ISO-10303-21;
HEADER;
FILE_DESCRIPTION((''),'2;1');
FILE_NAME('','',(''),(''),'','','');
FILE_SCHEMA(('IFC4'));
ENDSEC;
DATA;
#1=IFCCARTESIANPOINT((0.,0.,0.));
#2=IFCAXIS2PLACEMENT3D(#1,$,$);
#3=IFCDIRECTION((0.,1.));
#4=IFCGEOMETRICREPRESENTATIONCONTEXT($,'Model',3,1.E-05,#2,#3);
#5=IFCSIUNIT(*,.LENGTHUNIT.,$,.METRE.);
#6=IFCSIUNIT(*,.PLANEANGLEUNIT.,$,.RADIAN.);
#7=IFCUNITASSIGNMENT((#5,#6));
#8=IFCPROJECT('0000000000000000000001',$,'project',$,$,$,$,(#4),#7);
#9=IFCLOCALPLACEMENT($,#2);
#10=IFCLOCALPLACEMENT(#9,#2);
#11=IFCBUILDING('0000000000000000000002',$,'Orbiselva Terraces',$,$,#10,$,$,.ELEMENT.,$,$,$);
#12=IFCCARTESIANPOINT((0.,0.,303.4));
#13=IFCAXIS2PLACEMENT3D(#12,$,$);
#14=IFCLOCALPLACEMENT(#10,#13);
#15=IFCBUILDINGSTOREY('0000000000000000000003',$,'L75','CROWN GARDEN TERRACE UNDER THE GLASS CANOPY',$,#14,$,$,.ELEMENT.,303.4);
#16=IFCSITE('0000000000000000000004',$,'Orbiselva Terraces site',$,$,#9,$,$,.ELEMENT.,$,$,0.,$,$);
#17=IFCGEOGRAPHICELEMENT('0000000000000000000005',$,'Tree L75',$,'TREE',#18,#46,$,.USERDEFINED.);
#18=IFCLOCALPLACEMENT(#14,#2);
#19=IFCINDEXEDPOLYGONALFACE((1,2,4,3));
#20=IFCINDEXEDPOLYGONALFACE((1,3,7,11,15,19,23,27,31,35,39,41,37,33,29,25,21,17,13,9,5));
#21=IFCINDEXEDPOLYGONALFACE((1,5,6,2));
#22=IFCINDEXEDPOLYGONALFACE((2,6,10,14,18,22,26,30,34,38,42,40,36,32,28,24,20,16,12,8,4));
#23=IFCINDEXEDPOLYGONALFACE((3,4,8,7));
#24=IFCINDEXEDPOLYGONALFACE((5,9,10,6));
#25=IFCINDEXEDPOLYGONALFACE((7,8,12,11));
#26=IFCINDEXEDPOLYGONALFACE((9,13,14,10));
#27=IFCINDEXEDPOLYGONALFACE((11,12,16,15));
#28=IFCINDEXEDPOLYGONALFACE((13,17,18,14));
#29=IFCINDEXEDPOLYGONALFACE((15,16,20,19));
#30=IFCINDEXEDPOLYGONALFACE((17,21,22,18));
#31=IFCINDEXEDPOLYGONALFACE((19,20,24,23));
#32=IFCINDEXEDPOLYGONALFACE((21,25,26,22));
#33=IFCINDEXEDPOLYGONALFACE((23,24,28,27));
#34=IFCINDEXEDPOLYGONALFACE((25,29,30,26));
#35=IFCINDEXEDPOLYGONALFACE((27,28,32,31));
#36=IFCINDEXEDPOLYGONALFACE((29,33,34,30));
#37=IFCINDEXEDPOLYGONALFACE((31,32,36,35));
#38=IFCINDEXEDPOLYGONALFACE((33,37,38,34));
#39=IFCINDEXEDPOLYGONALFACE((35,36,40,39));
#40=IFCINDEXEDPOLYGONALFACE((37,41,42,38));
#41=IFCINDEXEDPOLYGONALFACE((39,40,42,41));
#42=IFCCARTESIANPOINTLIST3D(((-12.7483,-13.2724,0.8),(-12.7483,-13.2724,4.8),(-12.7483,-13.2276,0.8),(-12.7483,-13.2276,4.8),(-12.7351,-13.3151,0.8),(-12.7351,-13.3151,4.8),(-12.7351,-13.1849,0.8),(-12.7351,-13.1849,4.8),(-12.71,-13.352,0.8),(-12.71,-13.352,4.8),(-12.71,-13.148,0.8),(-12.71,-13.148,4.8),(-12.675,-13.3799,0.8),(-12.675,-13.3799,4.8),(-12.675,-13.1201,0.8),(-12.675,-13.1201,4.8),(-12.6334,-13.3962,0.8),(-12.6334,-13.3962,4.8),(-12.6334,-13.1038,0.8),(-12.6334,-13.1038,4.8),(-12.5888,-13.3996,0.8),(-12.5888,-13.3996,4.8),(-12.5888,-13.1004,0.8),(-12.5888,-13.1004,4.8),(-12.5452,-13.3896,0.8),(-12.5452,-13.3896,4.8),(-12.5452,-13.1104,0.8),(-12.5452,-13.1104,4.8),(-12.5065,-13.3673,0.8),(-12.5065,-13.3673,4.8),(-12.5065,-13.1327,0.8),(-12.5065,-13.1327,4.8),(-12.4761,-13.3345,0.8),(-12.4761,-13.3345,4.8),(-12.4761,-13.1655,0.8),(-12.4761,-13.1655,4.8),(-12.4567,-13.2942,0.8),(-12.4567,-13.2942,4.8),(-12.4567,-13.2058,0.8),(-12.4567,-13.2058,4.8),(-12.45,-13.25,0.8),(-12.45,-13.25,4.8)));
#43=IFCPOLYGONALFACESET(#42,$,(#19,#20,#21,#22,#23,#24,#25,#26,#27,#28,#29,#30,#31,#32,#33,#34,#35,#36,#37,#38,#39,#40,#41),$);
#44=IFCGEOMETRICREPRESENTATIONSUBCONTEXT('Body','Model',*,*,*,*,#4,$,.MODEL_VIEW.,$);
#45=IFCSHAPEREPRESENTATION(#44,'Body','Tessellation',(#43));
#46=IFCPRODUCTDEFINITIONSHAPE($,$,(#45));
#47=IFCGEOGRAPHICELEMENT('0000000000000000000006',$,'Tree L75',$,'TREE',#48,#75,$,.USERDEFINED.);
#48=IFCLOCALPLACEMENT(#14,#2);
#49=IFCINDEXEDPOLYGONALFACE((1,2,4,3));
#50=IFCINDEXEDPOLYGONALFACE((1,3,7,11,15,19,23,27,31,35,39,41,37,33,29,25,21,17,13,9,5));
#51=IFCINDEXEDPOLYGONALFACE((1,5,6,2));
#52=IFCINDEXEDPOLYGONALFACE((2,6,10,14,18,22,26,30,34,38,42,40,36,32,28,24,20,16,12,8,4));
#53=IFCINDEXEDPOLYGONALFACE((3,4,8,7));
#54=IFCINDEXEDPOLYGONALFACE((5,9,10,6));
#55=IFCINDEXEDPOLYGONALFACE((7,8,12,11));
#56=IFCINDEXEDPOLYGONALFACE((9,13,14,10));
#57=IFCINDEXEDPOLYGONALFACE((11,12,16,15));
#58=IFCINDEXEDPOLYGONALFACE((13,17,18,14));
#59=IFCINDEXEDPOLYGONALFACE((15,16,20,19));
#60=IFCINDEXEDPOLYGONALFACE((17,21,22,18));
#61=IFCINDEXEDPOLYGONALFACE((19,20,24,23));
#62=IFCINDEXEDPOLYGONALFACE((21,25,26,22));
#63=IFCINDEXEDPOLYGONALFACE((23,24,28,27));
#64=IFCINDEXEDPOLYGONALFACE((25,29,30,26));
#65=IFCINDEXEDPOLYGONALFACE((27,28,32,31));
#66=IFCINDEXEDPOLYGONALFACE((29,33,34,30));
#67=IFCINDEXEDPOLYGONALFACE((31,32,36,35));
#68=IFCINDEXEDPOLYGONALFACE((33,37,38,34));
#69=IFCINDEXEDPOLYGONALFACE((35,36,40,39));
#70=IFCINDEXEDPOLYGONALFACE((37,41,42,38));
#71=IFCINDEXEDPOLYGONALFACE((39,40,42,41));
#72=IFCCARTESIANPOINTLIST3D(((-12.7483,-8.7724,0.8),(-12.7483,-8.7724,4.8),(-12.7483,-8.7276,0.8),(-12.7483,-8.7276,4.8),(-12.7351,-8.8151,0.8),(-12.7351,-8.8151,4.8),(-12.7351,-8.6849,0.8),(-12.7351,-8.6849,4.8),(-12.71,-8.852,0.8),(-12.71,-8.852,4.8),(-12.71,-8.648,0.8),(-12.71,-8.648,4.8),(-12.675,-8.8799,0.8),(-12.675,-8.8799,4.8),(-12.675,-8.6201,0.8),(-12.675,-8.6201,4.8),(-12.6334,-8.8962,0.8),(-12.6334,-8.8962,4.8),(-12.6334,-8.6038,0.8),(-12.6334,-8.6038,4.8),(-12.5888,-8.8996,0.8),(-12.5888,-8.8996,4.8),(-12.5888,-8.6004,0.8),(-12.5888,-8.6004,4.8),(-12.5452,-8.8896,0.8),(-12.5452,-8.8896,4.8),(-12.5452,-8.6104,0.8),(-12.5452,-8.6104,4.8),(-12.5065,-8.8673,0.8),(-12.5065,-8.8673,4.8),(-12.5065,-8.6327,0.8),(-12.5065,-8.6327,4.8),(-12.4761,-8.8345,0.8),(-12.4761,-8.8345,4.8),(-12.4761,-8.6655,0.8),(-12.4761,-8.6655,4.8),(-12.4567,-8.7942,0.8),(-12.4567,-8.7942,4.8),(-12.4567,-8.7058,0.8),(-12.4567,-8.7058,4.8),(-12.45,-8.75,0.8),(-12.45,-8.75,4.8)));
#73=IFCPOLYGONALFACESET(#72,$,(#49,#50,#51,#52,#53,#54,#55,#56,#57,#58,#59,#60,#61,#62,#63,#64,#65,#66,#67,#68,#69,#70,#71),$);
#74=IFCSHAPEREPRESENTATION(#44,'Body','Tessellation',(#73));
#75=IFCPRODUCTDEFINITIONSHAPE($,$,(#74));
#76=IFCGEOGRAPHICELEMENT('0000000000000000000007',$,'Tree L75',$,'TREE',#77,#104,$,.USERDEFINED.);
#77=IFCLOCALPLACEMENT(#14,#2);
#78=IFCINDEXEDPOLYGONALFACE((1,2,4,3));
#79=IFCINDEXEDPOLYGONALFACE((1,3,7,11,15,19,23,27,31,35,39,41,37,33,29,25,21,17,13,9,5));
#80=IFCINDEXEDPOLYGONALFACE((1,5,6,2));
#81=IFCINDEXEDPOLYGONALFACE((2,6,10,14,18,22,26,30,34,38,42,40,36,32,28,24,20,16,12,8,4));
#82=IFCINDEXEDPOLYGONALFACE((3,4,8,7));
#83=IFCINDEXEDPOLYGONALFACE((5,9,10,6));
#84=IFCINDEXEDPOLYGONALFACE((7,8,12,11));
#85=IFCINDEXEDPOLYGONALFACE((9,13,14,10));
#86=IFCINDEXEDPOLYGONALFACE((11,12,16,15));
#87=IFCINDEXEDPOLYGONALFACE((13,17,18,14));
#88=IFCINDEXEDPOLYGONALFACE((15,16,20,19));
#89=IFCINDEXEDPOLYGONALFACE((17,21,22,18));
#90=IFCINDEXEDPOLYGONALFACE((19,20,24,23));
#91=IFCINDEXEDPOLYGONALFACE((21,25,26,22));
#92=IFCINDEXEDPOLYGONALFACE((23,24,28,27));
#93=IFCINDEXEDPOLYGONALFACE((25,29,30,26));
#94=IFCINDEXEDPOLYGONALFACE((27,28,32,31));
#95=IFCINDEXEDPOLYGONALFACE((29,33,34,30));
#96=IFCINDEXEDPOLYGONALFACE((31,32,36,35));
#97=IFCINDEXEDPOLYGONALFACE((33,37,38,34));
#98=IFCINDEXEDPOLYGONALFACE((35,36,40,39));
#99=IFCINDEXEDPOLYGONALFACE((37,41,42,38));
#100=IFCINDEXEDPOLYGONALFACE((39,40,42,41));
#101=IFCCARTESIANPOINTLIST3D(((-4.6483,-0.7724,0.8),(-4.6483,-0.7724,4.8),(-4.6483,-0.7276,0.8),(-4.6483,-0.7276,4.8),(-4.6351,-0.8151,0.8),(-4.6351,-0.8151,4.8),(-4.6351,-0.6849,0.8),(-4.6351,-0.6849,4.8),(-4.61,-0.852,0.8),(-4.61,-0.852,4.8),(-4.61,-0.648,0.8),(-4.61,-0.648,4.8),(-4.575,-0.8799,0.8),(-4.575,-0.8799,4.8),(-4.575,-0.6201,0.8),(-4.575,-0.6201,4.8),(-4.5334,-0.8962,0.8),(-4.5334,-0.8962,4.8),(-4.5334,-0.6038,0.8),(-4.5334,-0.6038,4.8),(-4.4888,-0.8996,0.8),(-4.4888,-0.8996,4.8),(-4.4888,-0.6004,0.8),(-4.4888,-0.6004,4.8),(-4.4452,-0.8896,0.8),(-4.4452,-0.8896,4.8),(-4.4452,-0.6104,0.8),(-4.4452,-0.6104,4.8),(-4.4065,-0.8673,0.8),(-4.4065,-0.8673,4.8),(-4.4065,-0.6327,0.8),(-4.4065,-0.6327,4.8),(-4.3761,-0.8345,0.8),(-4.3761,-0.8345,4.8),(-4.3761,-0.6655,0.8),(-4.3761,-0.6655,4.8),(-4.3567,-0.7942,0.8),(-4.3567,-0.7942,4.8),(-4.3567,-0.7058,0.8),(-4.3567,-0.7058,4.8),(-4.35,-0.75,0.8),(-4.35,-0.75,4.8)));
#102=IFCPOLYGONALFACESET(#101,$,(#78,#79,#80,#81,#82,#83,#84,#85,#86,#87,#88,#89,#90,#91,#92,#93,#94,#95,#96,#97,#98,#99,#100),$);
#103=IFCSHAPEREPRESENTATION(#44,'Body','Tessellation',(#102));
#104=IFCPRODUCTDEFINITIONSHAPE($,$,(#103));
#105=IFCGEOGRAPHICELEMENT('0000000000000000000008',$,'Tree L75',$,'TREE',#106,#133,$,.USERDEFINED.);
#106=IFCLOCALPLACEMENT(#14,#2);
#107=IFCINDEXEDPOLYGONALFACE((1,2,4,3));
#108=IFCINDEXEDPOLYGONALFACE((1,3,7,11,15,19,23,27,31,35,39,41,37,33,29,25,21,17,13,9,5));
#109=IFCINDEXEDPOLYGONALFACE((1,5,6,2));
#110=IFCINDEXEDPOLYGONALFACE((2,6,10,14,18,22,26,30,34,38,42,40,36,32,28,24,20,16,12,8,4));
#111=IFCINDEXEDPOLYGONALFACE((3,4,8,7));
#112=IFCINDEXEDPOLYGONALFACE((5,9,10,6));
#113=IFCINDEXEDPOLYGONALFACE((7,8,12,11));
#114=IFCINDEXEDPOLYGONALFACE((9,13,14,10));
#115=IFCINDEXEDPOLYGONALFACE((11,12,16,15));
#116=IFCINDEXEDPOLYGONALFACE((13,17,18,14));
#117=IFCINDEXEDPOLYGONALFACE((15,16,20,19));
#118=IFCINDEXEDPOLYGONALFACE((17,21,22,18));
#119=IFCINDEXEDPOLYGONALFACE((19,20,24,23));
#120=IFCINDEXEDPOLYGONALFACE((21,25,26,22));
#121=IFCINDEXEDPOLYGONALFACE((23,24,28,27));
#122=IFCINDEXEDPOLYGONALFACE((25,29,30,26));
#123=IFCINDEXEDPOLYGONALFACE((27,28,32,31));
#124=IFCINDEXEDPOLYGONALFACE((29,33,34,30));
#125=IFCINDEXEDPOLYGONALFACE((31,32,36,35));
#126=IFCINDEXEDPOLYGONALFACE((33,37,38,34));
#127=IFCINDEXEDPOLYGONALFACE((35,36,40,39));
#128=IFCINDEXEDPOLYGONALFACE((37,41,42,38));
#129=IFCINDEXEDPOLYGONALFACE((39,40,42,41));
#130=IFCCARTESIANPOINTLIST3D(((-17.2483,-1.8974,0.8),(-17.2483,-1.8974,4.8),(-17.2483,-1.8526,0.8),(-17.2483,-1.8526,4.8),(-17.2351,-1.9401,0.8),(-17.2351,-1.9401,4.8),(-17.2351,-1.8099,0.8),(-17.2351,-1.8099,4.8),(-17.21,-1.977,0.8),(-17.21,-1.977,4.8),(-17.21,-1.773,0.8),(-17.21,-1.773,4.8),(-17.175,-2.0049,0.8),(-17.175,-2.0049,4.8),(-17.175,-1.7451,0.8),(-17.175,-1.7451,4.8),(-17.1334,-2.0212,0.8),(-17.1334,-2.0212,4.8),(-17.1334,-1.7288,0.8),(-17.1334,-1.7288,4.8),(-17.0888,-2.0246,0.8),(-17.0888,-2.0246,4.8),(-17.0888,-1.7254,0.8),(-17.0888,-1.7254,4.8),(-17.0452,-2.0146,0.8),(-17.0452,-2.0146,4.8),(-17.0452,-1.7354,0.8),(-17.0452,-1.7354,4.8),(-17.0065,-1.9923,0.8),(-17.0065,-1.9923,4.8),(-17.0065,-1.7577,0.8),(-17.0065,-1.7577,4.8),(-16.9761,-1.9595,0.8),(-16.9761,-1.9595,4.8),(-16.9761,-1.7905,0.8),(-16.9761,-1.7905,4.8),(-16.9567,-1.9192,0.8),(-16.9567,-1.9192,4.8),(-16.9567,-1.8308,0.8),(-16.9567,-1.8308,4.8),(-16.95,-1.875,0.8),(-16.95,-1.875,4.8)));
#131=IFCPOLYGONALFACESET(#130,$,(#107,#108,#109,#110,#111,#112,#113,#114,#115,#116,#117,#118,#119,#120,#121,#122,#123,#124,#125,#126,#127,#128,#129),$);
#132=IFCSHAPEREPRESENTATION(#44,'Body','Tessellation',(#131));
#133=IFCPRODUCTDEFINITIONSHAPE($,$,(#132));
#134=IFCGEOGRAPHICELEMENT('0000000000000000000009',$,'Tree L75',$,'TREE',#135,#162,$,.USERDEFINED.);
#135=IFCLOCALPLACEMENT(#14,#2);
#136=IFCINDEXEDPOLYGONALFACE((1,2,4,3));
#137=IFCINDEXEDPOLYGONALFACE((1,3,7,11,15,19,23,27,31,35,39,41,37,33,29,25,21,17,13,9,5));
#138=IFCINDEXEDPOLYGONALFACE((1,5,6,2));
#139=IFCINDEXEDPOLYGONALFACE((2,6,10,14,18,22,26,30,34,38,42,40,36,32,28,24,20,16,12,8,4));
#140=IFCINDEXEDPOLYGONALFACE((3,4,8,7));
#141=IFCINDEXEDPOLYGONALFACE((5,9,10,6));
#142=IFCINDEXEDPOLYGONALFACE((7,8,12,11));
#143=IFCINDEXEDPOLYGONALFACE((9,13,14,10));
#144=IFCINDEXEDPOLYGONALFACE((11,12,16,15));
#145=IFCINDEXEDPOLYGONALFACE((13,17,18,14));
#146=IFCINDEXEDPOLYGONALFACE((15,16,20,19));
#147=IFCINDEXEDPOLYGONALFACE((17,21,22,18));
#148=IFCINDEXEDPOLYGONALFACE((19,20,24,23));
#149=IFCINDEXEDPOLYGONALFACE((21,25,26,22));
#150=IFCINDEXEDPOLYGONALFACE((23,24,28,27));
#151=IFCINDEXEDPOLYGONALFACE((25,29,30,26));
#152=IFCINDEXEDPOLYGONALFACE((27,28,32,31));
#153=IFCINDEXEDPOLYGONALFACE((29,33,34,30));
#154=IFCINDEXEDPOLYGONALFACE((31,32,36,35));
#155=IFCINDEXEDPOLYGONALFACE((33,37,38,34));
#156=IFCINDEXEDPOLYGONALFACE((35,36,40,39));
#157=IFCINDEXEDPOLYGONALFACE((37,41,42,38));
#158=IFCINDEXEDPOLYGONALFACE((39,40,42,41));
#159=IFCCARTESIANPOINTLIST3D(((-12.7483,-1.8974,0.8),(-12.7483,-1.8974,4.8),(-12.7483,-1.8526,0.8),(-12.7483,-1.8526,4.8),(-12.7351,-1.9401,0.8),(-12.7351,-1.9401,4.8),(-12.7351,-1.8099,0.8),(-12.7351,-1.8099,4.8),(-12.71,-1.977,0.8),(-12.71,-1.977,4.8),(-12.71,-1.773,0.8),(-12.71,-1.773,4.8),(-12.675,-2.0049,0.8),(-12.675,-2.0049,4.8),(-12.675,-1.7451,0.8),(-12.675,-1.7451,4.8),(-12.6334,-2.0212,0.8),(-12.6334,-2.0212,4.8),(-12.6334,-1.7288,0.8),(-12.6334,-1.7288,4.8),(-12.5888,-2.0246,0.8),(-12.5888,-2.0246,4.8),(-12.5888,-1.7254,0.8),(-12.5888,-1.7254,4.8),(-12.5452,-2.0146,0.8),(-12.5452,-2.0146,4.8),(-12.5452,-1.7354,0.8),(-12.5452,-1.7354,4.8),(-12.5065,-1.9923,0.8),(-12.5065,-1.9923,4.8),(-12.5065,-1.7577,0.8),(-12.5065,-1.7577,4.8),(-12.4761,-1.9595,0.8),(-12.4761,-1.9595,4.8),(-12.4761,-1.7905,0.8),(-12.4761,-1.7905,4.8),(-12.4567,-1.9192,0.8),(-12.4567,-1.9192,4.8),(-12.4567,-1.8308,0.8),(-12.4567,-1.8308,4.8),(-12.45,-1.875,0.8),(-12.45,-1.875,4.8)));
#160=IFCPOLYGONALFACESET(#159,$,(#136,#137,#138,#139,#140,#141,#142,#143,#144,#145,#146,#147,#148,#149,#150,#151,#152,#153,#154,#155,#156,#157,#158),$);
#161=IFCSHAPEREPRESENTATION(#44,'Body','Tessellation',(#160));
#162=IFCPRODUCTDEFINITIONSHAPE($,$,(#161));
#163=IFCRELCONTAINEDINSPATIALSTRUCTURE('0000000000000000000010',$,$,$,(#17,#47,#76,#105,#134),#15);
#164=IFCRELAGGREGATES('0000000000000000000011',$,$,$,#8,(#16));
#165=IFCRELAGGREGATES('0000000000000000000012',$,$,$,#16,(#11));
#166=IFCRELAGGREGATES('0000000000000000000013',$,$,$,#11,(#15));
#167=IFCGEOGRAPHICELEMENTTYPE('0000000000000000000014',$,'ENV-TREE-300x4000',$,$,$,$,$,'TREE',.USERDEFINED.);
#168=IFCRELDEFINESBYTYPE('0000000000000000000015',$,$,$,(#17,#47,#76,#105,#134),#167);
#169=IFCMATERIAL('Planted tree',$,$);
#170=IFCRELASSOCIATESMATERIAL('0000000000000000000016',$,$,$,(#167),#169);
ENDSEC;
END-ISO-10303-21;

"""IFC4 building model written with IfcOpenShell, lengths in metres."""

from ifc_helpers import new_model, si_unit, direction, frame, origin, origin_2d, place, context, subcontext, project, spatial, circle, extrude, material, type_object, element, save


model = new_model("IFC4")

# Units and contexts
model_context = context("Model", 3, precision=1e-05, world=origin(), true_north=direction((0.0, 1.0)))
body_context = subcontext(model_context, "Body", "Model", "MODEL_VIEW")
ifc_project = project(units=[si_unit("LENGTHUNIT", "METRE"), si_unit("PLANEANGLEUNIT", "RADIAN")], contexts=[model_context])

# Site, building, storey
site_placement = place(None, origin())
site = spatial("IfcSite", under=ifc_project, at=site_placement, Name="Orbiselva Terraces site", CompositionType="ELEMENT", RefElevation=0.0)
building_placement = place(site_placement, origin())
building = spatial("IfcBuilding", under=site, at=building_placement, Name="Orbiselva Terraces", CompositionType="ELEMENT")
storey_placement = place(building_placement, frame((0.0, 0.0, 303.4)))
storey = spatial("IfcBuildingStorey", under=building, at=storey_placement, Name="L75", Description="CROWN GARDEN TERRACE UNDER THE GLASS CANOPY", CompositionType="ELEMENT", Elevation=303.4)

# Geographic elements
ifc_material_1 = material(Name="Planted tree")
geographic_element_type = type_object("IfcGeographicElementType", Name="ENV-TREE-300x4000", ElementType="TREE", PredefinedType="USERDEFINED", material=ifc_material_1)
for number, where, z_axis, x_axis, name in (
    (1, (-12.6, -13.25, 4.8), (0.0, 0.0, -1.0), (1.0, 0.0, 0.0), "Tree L75"),
    (2, (-12.6, -8.75, 4.8), (0.0, 0.0, -1.0), (1.0, 0.0, 0.0), "Tree L75"),
    (3, (-4.5, -0.75, 4.8), (0.0, 0.0, -1.0), (1.0, 0.0, 0.0), "Tree L75"),
    (4, (-17.1, -1.875, 4.8), (0.0, 0.0, -1.0), (1.0, 0.0, 0.0), "Tree L75"),
    (5, (-12.6, -1.875, 4.8), (0.0, 0.0, -1.0), (1.0, 0.0, 0.0), "Tree L75"),
):
    element("IfcGeographicElement", number, at=place(storey_placement, frame(where, z_axis=z_axis, x_axis=x_axis)), inside=storey, type_object=geographic_element_type, Name=name, ObjectType="TREE", PredefinedType="USERDEFINED", context=body_context, shape_type="SweptSolid", body=[
        extrude(circle(Radius=0.15, at=origin_2d()), origin(), (0.0, 0.0, 1.0), 4.0),
    ])

save(model, "model.ifc")
